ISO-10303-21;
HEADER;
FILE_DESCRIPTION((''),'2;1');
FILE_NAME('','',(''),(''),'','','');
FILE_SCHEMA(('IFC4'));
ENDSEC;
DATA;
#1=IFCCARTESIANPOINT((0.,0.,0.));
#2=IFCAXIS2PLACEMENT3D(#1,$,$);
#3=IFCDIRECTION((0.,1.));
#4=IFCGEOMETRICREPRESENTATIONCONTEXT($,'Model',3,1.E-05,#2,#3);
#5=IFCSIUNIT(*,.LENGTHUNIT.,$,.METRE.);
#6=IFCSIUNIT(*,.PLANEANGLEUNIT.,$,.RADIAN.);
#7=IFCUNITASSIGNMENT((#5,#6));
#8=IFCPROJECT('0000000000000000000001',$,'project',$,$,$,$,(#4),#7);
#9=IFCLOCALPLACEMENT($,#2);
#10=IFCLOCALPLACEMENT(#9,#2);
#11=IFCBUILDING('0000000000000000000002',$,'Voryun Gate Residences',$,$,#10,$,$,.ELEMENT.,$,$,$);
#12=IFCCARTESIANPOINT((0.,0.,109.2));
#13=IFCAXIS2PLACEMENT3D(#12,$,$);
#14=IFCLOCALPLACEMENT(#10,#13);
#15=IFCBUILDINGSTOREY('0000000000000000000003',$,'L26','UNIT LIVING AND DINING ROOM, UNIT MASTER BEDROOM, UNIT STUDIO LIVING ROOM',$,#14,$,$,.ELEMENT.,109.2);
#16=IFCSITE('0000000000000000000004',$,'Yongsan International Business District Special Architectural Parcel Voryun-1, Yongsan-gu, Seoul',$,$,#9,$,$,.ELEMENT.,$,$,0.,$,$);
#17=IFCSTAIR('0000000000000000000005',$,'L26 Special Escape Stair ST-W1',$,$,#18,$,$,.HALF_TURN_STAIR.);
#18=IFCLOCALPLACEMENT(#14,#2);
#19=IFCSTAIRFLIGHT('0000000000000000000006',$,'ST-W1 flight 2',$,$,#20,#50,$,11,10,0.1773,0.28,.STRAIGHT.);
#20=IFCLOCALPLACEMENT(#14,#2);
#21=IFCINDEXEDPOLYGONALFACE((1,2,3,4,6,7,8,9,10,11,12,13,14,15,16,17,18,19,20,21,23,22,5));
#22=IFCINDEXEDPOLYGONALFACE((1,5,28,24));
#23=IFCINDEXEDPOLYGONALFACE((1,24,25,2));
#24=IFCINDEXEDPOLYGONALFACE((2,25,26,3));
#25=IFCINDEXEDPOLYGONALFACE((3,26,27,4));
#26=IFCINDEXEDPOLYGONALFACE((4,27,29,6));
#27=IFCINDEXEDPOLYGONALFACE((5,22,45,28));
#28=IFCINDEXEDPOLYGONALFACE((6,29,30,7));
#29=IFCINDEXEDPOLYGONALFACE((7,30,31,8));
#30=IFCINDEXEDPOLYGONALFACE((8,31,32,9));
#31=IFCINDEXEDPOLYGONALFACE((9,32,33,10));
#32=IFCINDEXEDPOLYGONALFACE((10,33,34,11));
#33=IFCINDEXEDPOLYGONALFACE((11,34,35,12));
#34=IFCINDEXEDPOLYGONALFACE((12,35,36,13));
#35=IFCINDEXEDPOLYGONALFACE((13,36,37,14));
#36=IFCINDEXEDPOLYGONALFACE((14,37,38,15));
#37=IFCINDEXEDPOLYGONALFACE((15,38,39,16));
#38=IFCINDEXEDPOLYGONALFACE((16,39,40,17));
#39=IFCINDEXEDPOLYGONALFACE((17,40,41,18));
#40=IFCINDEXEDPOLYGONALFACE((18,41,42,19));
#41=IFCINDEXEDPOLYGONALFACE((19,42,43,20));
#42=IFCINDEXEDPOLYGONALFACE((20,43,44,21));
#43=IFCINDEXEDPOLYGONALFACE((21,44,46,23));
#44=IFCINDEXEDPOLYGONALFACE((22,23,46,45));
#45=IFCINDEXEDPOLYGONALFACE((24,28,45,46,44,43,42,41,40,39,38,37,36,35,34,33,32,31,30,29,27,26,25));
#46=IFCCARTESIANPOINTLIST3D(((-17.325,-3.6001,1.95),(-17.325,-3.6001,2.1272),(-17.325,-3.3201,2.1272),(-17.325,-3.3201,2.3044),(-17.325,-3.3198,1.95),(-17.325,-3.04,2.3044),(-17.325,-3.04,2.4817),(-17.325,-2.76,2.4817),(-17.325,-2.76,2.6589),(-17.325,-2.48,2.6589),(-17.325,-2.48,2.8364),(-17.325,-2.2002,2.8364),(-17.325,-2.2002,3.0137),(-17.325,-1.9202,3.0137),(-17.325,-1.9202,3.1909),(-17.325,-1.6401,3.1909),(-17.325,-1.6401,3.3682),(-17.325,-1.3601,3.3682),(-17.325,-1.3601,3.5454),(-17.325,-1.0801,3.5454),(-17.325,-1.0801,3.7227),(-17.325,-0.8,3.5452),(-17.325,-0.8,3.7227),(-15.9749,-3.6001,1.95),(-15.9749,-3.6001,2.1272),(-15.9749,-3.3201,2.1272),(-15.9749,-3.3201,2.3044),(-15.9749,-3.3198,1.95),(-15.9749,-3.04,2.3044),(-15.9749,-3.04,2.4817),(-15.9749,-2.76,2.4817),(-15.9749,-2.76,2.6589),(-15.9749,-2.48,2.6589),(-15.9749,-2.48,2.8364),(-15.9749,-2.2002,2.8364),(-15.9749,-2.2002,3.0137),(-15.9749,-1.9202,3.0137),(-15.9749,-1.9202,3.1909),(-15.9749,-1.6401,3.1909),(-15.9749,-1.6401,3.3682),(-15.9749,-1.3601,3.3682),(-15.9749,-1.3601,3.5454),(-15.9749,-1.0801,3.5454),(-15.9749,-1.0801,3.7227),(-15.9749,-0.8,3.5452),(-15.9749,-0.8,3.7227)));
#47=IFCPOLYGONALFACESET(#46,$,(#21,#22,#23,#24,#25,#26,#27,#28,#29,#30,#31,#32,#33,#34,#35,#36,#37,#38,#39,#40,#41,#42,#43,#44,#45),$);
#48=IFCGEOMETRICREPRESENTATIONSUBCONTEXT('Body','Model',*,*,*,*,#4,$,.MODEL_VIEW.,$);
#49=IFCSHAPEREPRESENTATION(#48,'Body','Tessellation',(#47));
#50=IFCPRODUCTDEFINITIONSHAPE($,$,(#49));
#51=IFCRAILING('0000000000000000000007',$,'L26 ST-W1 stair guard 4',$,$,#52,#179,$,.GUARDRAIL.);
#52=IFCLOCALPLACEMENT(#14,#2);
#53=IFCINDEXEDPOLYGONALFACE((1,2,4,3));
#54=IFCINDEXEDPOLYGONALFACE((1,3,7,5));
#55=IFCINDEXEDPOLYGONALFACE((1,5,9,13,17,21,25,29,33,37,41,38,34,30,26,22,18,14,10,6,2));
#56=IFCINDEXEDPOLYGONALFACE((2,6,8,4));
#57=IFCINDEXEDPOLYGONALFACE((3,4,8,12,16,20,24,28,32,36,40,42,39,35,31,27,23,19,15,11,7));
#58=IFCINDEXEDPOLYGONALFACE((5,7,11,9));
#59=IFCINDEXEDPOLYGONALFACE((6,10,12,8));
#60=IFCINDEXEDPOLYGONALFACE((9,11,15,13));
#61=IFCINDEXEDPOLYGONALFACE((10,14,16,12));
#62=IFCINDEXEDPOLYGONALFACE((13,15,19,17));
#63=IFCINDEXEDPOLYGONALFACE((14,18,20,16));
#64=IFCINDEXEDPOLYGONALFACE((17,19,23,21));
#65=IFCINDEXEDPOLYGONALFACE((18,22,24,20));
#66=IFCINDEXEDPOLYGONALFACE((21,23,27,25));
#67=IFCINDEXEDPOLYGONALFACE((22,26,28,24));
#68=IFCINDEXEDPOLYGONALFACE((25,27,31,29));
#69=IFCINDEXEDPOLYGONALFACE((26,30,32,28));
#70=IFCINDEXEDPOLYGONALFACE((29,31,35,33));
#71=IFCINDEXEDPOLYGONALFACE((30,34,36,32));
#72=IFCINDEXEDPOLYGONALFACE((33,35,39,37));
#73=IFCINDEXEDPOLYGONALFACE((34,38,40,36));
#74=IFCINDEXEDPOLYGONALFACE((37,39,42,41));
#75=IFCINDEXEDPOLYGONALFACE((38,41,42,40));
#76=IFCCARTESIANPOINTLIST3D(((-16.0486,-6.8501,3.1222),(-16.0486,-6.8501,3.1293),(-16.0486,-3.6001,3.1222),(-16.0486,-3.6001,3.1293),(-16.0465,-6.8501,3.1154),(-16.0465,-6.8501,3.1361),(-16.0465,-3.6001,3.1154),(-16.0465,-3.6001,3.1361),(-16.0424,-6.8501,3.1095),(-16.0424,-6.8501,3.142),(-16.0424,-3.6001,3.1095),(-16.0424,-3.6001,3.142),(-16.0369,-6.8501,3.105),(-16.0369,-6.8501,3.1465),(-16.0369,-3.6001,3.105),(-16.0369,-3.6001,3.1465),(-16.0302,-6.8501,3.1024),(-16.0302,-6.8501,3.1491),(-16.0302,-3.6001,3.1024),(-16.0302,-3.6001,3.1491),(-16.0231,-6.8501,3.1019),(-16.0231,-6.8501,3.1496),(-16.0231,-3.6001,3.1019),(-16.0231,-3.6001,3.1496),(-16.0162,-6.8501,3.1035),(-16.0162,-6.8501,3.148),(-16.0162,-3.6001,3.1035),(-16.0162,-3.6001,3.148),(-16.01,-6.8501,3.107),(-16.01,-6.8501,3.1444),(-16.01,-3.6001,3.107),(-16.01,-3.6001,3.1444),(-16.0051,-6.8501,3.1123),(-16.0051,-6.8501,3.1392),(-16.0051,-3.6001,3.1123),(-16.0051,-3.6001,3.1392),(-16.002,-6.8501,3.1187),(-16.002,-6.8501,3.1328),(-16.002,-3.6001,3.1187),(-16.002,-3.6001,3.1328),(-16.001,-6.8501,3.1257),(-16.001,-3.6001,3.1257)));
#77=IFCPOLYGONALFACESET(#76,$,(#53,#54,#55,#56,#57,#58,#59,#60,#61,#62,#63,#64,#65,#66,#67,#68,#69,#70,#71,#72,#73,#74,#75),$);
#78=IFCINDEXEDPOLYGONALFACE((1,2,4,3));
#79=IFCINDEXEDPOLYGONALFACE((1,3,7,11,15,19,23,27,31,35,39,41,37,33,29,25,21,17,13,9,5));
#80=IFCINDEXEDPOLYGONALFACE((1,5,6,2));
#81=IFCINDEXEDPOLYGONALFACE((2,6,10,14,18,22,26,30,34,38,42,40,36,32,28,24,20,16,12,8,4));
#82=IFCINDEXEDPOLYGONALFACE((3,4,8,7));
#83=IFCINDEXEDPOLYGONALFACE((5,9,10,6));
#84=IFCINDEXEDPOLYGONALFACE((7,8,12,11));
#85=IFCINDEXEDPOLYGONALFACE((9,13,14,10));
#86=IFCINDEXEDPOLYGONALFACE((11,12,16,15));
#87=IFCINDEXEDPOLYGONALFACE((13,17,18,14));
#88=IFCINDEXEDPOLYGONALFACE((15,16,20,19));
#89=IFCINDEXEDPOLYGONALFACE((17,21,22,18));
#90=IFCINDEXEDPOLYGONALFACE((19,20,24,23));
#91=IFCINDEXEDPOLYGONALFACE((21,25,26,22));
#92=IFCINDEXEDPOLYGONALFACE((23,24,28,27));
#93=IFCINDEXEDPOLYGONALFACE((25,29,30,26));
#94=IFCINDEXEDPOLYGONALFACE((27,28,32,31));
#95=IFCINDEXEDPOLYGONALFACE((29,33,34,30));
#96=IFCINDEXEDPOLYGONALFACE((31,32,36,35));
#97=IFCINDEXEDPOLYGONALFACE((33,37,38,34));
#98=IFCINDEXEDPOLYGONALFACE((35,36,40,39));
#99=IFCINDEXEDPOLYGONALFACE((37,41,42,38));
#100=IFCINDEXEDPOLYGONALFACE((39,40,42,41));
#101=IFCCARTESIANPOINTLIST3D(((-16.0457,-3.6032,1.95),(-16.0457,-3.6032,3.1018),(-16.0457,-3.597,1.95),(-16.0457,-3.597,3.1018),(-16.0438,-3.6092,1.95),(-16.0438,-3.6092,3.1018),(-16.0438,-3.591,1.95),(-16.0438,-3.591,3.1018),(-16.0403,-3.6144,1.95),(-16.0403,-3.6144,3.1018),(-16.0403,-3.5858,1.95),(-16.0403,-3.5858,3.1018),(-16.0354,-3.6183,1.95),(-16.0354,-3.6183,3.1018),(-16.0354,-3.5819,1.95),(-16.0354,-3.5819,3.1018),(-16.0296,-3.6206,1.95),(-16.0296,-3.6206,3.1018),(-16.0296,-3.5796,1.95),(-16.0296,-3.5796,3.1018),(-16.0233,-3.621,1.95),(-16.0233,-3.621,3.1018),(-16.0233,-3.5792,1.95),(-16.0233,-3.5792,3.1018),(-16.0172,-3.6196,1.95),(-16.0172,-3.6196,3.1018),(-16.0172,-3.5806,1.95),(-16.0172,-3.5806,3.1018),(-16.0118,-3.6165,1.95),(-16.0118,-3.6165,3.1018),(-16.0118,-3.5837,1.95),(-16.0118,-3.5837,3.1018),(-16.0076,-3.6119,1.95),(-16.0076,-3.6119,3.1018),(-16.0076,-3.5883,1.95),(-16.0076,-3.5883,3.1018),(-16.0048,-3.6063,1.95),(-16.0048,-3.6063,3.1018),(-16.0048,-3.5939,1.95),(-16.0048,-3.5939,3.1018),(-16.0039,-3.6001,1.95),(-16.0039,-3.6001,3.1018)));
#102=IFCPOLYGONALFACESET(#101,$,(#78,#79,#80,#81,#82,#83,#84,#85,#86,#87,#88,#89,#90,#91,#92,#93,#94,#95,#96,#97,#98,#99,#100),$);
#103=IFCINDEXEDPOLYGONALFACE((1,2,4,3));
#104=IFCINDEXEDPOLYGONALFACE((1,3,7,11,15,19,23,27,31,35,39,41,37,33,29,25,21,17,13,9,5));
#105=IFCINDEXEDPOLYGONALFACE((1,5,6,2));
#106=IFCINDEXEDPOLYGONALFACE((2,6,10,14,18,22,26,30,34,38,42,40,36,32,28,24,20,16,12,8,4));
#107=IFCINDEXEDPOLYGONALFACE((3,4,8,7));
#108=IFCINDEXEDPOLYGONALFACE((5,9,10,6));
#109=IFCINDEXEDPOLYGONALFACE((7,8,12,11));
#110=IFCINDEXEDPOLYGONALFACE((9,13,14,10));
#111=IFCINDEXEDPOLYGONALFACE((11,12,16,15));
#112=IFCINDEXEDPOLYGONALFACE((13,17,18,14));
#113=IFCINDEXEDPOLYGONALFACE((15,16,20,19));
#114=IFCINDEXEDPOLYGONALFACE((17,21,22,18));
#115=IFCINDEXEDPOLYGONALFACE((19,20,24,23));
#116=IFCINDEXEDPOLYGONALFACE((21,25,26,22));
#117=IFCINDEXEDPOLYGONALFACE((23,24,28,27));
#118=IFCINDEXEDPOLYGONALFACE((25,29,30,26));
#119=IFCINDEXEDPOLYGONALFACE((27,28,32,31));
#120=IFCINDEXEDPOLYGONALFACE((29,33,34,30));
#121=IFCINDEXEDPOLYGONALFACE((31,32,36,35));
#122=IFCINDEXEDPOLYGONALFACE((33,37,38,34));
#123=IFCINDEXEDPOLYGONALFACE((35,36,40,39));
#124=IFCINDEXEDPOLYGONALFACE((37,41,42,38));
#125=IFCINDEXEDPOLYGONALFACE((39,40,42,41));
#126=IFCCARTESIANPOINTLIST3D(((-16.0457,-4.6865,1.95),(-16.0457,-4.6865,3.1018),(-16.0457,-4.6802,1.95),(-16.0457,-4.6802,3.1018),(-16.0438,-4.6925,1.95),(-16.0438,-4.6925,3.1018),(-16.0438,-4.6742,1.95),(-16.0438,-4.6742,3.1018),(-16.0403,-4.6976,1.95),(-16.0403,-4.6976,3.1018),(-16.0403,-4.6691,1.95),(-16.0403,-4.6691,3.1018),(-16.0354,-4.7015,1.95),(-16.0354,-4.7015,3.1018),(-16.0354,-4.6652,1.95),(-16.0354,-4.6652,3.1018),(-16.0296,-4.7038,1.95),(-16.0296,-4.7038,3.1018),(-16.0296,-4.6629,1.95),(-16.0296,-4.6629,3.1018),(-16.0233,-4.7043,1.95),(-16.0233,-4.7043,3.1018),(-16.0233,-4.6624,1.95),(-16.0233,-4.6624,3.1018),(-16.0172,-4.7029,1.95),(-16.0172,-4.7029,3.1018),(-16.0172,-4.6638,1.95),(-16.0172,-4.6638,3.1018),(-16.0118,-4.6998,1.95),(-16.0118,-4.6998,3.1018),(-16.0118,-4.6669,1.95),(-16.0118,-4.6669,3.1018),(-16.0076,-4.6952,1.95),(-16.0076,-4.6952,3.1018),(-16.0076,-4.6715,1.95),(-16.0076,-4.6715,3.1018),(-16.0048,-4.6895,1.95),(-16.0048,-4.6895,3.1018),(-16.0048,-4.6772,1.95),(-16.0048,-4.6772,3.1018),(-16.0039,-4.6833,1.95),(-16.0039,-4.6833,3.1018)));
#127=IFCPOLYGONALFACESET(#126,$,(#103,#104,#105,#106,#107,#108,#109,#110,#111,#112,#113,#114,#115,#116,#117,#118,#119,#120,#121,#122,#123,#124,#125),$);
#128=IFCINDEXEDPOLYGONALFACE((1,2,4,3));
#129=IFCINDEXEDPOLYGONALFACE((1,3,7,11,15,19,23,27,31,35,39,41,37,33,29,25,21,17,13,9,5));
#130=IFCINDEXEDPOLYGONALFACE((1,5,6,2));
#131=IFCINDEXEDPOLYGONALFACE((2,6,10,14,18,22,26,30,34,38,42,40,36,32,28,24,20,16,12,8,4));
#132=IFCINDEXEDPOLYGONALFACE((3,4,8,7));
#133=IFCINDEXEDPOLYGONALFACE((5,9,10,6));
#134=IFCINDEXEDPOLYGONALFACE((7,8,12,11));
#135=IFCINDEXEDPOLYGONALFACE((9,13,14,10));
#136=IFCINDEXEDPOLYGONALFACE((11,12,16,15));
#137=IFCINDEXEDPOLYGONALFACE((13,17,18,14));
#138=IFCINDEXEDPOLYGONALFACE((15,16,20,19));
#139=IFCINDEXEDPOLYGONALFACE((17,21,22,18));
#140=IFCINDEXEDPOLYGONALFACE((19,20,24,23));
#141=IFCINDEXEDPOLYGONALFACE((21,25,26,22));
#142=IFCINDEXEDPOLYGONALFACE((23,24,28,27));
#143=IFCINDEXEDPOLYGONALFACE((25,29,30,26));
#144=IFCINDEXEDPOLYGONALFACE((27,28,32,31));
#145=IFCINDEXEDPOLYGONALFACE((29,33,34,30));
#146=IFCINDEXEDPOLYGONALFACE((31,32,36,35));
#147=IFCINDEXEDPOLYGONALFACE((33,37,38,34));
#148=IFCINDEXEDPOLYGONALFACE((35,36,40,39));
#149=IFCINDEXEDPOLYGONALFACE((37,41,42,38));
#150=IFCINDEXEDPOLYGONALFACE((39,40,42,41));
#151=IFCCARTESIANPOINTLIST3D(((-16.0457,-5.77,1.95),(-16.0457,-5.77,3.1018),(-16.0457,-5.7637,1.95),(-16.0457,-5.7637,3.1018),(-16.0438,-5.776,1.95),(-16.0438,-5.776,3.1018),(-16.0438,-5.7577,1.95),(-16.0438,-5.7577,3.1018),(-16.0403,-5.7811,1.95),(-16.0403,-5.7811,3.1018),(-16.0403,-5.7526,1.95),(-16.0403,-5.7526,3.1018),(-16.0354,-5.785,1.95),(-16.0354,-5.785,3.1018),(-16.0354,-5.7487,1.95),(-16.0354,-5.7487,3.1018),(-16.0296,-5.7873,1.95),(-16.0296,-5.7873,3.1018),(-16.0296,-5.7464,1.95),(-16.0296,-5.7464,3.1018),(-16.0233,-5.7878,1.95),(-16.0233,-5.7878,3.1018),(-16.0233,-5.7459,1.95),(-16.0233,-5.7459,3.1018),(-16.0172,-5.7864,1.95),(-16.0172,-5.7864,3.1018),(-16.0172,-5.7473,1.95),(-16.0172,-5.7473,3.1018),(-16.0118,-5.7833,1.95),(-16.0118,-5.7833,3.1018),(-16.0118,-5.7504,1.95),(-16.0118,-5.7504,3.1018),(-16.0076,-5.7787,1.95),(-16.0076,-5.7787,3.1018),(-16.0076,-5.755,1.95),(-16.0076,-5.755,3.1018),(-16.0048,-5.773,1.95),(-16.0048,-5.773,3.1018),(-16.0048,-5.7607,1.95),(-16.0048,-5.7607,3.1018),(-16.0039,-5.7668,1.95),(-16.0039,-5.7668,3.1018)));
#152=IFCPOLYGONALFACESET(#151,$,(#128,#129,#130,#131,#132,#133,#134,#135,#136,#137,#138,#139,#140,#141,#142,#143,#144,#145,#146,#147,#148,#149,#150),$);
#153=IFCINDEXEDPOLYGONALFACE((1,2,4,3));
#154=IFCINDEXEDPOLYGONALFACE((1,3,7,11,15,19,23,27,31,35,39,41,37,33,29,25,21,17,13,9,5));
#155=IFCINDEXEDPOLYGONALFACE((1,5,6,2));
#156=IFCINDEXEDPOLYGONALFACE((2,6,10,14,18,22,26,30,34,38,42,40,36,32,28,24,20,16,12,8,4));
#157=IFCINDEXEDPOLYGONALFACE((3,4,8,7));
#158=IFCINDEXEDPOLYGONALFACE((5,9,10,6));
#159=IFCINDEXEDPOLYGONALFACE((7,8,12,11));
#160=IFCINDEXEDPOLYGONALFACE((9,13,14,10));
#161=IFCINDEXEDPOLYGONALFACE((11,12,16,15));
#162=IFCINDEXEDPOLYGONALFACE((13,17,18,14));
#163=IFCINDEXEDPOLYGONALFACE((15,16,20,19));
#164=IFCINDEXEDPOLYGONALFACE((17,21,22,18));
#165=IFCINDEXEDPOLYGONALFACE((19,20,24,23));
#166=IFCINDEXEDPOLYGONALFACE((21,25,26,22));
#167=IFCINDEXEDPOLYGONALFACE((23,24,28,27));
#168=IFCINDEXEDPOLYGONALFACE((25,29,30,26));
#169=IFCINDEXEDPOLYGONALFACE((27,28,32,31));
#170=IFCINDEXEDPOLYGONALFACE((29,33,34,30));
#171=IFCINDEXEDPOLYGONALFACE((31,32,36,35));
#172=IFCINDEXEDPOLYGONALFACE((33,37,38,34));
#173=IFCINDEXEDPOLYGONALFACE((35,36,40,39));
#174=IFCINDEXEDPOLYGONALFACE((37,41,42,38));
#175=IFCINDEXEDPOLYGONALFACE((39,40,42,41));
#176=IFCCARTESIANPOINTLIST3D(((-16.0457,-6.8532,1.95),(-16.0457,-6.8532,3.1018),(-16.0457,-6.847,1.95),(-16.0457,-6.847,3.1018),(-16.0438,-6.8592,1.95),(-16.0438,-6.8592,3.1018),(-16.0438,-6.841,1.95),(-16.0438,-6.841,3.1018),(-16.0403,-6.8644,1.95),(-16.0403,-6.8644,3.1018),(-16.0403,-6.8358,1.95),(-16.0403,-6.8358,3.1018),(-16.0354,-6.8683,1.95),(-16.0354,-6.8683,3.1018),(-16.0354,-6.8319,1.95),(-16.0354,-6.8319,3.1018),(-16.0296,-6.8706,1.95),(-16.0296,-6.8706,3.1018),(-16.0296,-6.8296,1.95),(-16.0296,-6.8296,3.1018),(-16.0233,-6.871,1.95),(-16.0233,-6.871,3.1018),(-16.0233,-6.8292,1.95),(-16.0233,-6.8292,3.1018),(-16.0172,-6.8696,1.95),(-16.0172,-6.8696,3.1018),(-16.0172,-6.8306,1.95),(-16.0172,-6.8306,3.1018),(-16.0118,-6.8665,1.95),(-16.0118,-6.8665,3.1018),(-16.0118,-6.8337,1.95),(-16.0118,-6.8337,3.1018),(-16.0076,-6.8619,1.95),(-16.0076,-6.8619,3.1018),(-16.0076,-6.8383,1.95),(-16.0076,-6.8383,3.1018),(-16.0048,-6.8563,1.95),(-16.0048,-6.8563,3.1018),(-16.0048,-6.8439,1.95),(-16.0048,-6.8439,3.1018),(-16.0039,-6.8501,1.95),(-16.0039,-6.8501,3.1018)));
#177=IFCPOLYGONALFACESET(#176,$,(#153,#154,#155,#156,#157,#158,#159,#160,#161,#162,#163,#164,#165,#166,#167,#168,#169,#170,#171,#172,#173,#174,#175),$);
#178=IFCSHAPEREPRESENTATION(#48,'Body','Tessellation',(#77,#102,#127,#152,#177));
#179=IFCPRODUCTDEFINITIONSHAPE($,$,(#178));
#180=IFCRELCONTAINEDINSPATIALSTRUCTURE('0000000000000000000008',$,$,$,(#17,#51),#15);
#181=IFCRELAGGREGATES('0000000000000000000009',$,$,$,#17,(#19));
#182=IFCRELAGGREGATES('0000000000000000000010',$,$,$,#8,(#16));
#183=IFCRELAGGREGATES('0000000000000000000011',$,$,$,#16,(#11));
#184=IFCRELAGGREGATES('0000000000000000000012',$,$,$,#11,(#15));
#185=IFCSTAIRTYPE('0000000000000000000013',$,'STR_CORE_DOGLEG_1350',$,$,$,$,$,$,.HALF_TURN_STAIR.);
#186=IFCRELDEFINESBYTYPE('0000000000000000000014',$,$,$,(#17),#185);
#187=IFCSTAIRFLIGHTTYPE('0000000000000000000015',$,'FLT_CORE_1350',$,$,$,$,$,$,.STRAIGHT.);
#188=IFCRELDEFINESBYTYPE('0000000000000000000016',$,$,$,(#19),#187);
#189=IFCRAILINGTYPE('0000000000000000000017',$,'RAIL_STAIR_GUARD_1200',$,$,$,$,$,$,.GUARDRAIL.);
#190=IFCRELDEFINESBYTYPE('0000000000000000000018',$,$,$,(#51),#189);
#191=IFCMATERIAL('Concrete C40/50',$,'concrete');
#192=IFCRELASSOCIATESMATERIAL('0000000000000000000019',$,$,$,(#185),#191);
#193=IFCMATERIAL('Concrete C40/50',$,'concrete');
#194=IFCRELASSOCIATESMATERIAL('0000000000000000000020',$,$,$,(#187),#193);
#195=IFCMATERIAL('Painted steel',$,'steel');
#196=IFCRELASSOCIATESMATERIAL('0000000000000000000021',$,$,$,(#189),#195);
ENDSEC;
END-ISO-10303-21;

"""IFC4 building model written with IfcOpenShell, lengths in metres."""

from ifc_helpers import new_model, si_unit, direction, frame, origin, origin_2d, place, context, subcontext, project, spatial, polyline, circle, outline, extrude, material, type_object, element, aggregate, save


model = new_model("IFC4")

# Units and contexts
model_context = context("Model", 3, precision=1e-05, world=origin(), true_north=direction((0.0, 1.0)))
body_context = subcontext(model_context, "Body", "Model", "MODEL_VIEW")
ifc_project = project(units=[si_unit("LENGTHUNIT", "METRE"), si_unit("PLANEANGLEUNIT", "RADIAN")], contexts=[model_context])

# Site, building, storey
site_placement = place(None, origin())
site = spatial("IfcSite", under=ifc_project, at=site_placement, Name="Yongsan International Business District Special Architectural Parcel Voryun-1, Yongsan-gu, Seoul", CompositionType="ELEMENT", RefElevation=0.0)
building_placement = place(site_placement, origin())
building = spatial("IfcBuilding", under=site, at=building_placement, Name="Voryun Gate Residences", CompositionType="ELEMENT")
storey_placement = place(building_placement, frame((0.0, 0.0, 109.2)))
storey = spatial("IfcBuildingStorey", under=building, at=storey_placement, Name="L26", Description="UNIT LIVING AND DINING ROOM, UNIT MASTER BEDROOM, UNIT STUDIO LIVING ROOM", CompositionType="ELEMENT", Elevation=109.2)

# Stair, stair flight
ifc_material_1 = material(Name="Concrete C40/50", Category="concrete")
stair_type = type_object("IfcStairType", Name="STR_CORE_DOGLEG_1350", PredefinedType="HALF_TURN_STAIR", material=ifc_material_1)
stair_placement = place(storey_placement, origin())
stair = element("IfcStair", 1, at=stair_placement, inside=storey, type_object=stair_type, Name="L26 Special Escape Stair ST-W1", PredefinedType="HALF_TURN_STAIR")
ifc_material_2 = material(Name="Concrete C40/50", Category="concrete")
stair_flight_type = type_object("IfcStairFlightType", Name="FLT_CORE_1350", PredefinedType="STRAIGHT", material=ifc_material_2)
stair_flight_placement = place(storey_placement, frame((-16.6499, -3.6001, 1.95), z_axis=(0.0, 0.0, 1.0), x_axis=(0.0, 1.0, 0.0)))
stair_flight = element("IfcStairFlight", 2, at=stair_flight_placement, type_object=stair_flight_type, Name="ST-W1 flight 2", NumberOfRisers=11, NumberOfTreads=10, PredefinedType="STRAIGHT", RiserHeight=0.1773, TreadLength=0.28, context=body_context, shape_type="SweptSolid", body=[
    extrude(outline(polyline([(0.0, 0.0), (0.0, 0.1772), (0.28, 0.1772), (0.28, 0.3545), (0.5601, 0.3545), (0.5601, 0.5317), (0.8401, 0.5317), (0.8401, 0.709), (1.1201, 0.709), (1.1201, 0.8865), (1.3999, 0.8865), (1.3999, 1.0637), (1.6799, 1.0637), (1.6799, 1.241), (1.96, 1.241), (1.96, 1.4182), (2.24, 1.4182), (2.24, 1.5955), (2.52, 1.5955), (2.52, 1.7727), (2.8, 1.7727), (2.8, 1.95), (2.8, 1.5952), (0.2803, 0.0), (0.0, 0.0)])), frame((0.0, 0.675, 0.0), z_axis=(0.0, -1.0, 0.0), x_axis=(1.0, 0.0, 0.0)), (0.0, 0.0, 1.0), 1.3501),
])
aggregate(stair, [stair_flight])

# Railing
ifc_material_3 = material(Name="Painted steel", Category="steel")
railing_type_1 = type_object("IfcRailingType", Name="RAIL_STAIR_GUARD_1200", PredefinedType="GUARDRAIL", material=ifc_material_3)
railing_1_placement = place(storey_placement, frame((-16.0249, -3.6001, 1.95)))
element("IfcRailing", 3, at=railing_1_placement, inside=storey, type_object=railing_type_1, Name="L26 ST-W1 stair guard 4", PredefinedType="GUARDRAIL", context=body_context, shape_type="SweptSolid", body=[
    extrude(circle(Radius=0.0239, at=origin_2d()), frame((0.0, 0.0, 1.1758), z_axis=(0.0, -1.0, 0.0), x_axis=(1.0, 0.0, 0.0)), (0.0, 0.0, 1.0), 3.25),
    extrude(circle(Radius=0.021, at=origin_2d()), origin(), (0.0, 0.0, 1.0), 1.1519),
    extrude(circle(Radius=0.021, at=origin_2d()), frame((0.0, -1.0833, 0.0)), (0.0, 0.0, 1.0), 1.1519),
    extrude(circle(Radius=0.021, at=origin_2d()), frame((0.0, -2.1667, 0.0)), (0.0, 0.0, 1.0), 1.1519),
    extrude(circle(Radius=0.021, at=origin_2d()), frame((0.0, -3.25, 0.0)), (0.0, 0.0, 1.0), 1.1519),
])

save(model, "model.ifc")
